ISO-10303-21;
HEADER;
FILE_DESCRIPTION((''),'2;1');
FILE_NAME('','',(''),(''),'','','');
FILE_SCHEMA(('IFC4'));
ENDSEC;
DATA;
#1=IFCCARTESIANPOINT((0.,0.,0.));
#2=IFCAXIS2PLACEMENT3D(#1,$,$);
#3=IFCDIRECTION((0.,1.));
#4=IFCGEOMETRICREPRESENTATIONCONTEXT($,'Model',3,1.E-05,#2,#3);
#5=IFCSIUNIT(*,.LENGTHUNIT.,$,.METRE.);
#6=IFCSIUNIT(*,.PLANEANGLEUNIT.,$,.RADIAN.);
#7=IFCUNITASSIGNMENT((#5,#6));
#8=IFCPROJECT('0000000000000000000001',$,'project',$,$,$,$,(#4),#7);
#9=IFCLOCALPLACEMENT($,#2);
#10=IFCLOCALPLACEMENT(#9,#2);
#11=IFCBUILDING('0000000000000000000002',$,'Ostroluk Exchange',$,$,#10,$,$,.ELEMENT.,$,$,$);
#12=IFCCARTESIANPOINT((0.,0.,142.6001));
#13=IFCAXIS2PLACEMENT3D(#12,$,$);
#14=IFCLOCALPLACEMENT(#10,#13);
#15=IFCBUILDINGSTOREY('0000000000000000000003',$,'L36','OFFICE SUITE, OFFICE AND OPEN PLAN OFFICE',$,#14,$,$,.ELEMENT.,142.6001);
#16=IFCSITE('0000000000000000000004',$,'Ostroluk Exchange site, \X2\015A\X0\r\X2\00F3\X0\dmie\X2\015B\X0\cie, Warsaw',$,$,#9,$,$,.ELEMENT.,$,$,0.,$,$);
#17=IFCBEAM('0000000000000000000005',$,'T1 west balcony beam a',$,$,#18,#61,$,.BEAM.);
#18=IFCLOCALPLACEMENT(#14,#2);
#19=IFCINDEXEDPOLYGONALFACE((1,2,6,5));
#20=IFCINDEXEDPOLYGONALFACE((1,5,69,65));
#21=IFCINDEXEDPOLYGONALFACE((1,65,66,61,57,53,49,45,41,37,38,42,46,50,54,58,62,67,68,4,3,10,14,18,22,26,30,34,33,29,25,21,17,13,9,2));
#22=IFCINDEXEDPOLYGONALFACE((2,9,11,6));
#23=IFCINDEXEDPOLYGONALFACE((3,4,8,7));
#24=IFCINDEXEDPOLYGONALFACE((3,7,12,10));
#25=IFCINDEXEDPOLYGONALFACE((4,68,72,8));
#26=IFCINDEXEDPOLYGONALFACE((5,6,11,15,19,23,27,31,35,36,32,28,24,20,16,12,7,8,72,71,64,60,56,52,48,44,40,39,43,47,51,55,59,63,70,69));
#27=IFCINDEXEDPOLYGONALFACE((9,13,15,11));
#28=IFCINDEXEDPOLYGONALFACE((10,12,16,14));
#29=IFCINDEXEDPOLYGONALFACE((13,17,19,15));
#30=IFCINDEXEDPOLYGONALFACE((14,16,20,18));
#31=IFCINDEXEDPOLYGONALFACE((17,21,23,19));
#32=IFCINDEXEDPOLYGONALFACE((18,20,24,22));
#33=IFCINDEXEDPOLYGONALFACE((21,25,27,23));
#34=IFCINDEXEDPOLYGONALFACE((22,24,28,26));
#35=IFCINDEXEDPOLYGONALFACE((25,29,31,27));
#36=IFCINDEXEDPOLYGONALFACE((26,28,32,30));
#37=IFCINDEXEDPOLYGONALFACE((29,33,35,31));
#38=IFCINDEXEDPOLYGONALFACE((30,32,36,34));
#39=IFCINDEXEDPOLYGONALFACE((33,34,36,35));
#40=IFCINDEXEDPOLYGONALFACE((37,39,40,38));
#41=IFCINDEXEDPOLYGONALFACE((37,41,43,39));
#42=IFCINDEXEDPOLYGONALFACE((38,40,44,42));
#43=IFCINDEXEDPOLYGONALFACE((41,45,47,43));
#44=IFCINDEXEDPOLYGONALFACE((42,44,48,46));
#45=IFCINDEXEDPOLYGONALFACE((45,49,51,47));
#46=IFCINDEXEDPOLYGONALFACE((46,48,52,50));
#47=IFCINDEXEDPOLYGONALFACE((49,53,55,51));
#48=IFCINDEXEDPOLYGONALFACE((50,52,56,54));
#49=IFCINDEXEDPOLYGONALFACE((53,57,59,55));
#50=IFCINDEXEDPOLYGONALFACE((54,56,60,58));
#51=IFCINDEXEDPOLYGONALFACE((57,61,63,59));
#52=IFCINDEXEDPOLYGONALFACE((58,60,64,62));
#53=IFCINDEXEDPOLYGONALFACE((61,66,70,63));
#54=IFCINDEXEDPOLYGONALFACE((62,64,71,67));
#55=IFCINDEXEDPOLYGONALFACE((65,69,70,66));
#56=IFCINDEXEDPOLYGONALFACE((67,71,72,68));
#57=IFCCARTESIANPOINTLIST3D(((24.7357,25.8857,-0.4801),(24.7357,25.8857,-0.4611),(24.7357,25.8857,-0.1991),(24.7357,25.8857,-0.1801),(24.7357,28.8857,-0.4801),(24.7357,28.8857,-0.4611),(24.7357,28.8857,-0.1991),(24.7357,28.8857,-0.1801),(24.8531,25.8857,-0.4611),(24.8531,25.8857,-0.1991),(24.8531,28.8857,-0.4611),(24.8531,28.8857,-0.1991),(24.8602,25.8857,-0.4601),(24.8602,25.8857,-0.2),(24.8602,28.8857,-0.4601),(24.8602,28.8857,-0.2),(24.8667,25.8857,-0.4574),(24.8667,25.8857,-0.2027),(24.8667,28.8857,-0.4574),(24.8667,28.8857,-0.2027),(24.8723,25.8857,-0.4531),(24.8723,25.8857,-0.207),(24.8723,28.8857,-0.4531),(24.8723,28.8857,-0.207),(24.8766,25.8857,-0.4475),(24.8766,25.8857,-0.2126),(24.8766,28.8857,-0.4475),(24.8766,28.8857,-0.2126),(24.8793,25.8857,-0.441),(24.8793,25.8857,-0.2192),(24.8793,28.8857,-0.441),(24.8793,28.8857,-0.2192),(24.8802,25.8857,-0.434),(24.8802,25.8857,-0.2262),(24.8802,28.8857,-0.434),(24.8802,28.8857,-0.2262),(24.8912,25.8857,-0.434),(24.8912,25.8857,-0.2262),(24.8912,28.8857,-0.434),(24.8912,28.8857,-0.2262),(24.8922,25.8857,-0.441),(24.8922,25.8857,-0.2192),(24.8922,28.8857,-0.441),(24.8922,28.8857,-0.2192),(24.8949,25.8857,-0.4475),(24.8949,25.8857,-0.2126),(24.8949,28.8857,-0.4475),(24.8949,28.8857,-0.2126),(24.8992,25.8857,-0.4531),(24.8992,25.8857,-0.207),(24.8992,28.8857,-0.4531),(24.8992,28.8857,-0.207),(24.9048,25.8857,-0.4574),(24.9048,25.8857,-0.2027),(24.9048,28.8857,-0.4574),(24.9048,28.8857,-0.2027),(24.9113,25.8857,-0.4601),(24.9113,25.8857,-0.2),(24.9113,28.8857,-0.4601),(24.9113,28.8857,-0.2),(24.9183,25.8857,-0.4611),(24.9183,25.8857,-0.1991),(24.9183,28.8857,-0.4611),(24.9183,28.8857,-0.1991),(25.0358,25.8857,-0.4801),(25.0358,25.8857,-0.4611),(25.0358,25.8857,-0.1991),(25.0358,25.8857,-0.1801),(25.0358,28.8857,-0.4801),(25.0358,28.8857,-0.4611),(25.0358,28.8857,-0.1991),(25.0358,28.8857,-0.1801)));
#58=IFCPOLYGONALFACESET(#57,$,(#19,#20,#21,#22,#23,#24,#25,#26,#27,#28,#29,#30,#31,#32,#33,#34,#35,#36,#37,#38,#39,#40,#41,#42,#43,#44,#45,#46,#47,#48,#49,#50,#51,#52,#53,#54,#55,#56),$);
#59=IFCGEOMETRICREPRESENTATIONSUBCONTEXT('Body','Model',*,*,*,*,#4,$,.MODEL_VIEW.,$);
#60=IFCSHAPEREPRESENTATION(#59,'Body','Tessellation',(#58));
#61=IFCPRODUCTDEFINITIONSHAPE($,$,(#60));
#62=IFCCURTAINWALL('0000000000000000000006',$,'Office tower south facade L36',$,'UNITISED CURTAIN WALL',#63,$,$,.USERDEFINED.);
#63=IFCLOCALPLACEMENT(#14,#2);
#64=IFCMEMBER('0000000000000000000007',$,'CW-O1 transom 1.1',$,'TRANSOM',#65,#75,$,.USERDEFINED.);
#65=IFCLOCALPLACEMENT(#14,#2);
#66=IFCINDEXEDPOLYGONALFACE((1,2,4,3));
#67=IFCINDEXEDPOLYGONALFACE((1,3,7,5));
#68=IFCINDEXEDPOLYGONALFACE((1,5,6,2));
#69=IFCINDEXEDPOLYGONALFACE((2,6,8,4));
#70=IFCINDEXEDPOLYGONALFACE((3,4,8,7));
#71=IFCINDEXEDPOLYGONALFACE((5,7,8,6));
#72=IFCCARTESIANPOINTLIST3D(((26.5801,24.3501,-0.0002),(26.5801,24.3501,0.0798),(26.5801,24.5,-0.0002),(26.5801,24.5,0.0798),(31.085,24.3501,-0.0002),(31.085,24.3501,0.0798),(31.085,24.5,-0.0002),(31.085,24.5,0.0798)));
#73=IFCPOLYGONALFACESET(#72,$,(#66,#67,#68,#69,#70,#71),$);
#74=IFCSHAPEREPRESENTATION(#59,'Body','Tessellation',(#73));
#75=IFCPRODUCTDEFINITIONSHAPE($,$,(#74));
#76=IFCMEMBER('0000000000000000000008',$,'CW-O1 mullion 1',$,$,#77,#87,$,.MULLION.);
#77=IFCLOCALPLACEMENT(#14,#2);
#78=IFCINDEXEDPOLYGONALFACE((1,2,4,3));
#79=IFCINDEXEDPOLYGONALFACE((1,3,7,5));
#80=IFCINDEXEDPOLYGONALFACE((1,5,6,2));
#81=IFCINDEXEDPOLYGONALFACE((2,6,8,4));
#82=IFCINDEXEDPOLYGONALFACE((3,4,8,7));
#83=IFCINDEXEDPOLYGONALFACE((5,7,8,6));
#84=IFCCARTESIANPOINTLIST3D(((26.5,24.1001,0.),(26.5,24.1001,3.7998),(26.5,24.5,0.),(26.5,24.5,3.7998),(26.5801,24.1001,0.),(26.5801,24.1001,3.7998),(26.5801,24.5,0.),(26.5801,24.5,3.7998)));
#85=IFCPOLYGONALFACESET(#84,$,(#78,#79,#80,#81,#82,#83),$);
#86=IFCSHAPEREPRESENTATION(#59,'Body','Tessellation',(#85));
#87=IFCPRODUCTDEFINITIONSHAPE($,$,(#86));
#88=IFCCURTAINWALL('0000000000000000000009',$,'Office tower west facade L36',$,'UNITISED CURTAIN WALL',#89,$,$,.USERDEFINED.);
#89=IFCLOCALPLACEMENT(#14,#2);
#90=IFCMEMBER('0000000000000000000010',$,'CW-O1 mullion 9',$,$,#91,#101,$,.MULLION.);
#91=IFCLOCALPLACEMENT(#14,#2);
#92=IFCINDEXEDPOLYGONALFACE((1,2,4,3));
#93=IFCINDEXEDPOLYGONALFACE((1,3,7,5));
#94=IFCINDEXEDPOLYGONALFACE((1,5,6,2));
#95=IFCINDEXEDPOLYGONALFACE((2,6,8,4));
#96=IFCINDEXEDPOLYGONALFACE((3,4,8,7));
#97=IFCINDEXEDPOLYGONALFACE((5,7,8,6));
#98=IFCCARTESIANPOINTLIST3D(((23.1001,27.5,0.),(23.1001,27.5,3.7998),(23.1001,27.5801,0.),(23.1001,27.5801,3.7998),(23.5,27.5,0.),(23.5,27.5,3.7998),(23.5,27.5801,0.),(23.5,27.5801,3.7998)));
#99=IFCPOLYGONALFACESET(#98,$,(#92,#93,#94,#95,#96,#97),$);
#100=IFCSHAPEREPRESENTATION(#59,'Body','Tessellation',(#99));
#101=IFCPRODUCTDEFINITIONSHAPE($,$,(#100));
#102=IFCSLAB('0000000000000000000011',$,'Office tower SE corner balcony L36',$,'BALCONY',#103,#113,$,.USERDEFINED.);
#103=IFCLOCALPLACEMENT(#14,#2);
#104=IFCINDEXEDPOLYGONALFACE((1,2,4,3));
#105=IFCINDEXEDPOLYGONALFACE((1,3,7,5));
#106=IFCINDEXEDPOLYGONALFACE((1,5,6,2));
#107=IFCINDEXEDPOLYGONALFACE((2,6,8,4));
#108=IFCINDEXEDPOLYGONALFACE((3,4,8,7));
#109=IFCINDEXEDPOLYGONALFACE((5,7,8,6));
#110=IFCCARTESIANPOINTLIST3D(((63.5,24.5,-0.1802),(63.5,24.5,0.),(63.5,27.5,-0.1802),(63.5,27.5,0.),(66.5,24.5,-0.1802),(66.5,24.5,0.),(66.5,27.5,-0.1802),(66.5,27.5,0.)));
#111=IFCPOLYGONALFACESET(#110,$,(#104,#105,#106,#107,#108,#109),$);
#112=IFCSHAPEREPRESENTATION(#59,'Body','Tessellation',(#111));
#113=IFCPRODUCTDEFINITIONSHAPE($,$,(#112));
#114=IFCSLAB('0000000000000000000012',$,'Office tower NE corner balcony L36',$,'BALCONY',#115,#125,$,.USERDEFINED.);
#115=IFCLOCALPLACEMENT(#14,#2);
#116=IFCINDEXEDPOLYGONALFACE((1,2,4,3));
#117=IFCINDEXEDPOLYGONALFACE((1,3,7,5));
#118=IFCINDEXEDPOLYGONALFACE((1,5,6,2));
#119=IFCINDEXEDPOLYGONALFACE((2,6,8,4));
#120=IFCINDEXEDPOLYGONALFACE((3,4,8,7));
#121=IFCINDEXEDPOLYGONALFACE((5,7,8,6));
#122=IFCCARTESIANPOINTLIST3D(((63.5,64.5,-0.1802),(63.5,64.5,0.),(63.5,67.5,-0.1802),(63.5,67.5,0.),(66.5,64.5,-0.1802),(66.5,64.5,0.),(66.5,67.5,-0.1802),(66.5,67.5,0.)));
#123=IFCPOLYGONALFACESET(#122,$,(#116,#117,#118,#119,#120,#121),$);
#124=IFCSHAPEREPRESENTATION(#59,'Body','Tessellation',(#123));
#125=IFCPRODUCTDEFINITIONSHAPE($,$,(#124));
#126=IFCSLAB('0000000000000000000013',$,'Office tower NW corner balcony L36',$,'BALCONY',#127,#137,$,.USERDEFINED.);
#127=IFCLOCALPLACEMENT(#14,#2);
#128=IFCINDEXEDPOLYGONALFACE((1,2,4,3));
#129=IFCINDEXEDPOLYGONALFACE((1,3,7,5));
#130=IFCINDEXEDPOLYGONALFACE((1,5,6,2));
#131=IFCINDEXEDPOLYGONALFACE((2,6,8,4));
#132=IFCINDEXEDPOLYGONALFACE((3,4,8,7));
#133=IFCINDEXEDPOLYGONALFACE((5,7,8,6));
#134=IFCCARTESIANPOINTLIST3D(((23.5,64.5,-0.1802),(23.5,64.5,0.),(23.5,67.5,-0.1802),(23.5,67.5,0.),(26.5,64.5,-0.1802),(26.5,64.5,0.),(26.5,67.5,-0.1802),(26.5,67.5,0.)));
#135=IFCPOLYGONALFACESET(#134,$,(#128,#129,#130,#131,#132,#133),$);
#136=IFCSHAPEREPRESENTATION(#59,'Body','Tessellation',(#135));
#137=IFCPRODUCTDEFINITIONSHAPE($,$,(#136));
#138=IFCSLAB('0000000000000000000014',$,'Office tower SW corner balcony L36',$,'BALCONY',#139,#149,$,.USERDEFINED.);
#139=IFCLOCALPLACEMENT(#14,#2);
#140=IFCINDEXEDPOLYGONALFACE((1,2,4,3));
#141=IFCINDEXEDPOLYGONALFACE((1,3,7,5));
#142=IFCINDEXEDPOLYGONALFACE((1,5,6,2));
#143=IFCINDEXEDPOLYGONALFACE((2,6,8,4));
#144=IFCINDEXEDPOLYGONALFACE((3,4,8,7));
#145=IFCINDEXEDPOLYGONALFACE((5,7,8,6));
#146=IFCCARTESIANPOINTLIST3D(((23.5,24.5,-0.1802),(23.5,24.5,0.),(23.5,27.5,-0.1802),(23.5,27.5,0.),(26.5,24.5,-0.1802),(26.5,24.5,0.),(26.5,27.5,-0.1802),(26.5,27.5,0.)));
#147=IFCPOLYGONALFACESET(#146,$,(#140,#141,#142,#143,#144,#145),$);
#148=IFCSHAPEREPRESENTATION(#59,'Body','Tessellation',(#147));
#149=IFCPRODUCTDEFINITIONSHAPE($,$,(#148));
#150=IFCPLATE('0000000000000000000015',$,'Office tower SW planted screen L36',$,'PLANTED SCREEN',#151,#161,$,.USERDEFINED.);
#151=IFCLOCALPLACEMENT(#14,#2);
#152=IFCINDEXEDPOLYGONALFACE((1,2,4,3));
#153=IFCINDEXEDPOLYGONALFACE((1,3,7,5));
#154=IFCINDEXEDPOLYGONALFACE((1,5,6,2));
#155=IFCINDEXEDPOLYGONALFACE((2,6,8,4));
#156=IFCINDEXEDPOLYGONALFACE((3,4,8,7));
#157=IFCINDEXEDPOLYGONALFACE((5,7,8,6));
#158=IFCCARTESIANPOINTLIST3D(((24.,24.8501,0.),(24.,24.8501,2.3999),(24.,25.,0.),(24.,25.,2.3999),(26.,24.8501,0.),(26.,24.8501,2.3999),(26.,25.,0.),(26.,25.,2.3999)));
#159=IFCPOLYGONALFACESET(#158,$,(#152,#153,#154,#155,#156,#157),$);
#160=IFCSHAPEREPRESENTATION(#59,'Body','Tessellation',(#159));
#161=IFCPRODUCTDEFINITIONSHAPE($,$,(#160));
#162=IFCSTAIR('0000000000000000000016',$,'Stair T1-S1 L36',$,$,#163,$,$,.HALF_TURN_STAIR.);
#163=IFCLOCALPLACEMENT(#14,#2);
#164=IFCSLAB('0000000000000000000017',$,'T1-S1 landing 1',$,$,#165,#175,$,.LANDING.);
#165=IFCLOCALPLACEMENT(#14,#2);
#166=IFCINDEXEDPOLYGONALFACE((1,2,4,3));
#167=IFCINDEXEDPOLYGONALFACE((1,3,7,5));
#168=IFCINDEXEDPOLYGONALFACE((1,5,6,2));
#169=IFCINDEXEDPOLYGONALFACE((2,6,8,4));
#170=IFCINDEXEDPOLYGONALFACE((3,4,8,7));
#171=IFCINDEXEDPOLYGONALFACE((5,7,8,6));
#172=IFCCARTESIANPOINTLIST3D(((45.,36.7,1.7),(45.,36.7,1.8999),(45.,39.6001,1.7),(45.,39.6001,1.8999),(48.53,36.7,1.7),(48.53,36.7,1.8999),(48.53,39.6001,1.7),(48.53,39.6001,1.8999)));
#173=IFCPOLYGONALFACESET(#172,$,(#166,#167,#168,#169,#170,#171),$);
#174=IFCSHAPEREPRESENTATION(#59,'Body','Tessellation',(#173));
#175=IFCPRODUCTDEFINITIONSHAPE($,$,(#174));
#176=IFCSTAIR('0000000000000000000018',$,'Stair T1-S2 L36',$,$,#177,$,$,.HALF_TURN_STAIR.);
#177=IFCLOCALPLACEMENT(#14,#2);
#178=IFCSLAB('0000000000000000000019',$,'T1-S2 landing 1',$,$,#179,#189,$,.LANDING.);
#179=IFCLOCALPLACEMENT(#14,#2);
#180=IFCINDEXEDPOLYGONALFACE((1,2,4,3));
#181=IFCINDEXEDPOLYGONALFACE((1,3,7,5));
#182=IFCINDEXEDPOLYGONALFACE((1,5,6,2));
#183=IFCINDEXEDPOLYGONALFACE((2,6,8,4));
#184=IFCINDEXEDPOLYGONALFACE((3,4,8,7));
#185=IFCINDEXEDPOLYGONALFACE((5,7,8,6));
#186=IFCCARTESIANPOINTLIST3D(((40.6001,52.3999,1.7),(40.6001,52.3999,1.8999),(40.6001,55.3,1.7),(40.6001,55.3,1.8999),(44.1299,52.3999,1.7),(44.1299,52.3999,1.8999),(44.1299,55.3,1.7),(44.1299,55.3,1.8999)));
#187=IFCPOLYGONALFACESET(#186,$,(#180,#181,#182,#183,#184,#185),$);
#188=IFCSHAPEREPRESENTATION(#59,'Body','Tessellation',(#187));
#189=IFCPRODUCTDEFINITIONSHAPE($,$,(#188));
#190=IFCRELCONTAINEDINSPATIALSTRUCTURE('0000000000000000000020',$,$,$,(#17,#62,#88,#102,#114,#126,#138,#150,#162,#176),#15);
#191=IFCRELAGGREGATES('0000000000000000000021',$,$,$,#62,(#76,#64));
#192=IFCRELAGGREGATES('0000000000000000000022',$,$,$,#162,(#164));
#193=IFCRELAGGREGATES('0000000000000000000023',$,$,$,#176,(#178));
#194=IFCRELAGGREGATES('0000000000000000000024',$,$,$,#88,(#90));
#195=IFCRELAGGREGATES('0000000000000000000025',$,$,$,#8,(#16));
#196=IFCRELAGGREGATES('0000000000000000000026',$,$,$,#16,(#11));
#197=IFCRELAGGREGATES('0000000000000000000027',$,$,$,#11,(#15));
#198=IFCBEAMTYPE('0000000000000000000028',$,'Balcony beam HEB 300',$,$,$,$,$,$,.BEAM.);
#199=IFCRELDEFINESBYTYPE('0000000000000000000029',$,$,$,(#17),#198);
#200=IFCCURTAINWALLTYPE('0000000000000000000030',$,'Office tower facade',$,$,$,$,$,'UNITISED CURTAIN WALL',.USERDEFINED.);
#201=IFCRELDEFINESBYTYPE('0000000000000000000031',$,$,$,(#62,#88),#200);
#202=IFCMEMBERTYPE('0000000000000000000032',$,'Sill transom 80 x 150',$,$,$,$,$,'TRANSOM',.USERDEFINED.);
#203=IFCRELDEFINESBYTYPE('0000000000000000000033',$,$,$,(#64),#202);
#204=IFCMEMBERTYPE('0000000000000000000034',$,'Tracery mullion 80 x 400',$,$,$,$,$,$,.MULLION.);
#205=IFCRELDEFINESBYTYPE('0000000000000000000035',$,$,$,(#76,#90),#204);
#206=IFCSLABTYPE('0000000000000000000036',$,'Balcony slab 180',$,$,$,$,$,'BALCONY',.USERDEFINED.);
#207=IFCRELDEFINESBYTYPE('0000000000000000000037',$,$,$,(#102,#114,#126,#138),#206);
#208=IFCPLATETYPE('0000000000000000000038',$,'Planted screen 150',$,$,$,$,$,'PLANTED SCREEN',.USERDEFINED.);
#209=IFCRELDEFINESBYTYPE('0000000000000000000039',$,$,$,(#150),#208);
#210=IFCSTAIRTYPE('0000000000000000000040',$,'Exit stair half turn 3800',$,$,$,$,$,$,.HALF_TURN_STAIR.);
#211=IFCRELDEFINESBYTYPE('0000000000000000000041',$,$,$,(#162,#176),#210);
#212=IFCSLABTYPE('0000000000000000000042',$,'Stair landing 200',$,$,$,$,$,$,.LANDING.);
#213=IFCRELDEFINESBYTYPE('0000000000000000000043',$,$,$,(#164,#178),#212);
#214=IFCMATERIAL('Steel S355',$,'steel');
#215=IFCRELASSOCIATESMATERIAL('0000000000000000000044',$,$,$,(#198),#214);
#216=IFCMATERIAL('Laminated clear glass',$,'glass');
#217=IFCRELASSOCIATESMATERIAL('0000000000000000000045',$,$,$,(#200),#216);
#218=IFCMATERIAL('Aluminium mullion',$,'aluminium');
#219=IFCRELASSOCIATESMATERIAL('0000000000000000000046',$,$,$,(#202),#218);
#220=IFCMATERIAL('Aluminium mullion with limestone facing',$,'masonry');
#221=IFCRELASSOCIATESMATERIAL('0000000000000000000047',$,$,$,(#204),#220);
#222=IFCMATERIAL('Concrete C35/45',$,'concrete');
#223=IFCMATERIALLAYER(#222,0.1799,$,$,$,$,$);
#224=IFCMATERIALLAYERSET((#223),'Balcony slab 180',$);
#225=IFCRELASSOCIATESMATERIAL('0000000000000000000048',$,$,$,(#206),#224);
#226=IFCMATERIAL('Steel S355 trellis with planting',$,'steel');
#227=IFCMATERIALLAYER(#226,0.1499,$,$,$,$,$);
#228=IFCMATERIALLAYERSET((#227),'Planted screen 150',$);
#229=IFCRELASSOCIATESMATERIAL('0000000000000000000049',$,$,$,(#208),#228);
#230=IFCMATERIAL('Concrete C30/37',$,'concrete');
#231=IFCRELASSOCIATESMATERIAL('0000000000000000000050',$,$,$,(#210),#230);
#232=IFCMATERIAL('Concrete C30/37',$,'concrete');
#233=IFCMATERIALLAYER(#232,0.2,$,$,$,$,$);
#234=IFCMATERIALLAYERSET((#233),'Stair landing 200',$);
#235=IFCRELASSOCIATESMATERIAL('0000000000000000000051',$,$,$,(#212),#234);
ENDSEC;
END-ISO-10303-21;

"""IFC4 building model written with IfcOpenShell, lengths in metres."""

from ifc_helpers import new_model, si_unit, direction, frame, origin, origin_2d, place, context, subcontext, project, spatial, polyline, rectangle, i_section, outline, extrude, material, layer, layer_set, material_profile, profile_set, type_object, element, aggregate, save


model = new_model("IFC4")

# Units and contexts
model_context = context("Model", 3, precision=1e-05, world=origin(), true_north=direction((0.0, 1.0)))
body_context = subcontext(model_context, "Body", "Model", "MODEL_VIEW")
ifc_project = project(units=[si_unit("LENGTHUNIT", "METRE"), si_unit("PLANEANGLEUNIT", "RADIAN")], contexts=[model_context])

# Site, building, storey
site_placement = place(None, origin())
site = spatial("IfcSite", under=ifc_project, at=site_placement, Name="Ostroluk Exchange site, Śródmieście, Warsaw", CompositionType="ELEMENT", RefElevation=0.0)
building_placement = place(site_placement, origin())
building = spatial("IfcBuilding", under=site, at=building_placement, Name="Ostroluk Exchange", CompositionType="ELEMENT")
storey_placement = place(building_placement, frame((0.0, 0.0, 142.6001)))
storey = spatial("IfcBuildingStorey", under=building, at=storey_placement, Name="L36", Description="OFFICE SUITE, OFFICE AND OPEN PLAN OFFICE", CompositionType="ELEMENT", Elevation=142.6001)

# Beam
ifc_material_1 = material(Name="Steel S355", Category="steel")
ifc_material_profile_1 = material_profile(ifc_material_1, i_section(OverallWidth=0.3, OverallDepth=0.3, WebThickness=0.011, FlangeThickness=0.019, FilletRadius=0.0271, at=origin_2d()), Name="HEB 300")
ifc_profile_set_1 = profile_set([ifc_material_profile_1], Name="Steel S355")
beam_type = type_object("IfcBeamType", Name="Balcony beam HEB 300", PredefinedType="BEAM", material=ifc_profile_set_1)
beam_placement = place(storey_placement, frame((24.8857, 28.8857, -0.3301), z_axis=(0.0, -1.0, 0.0), x_axis=(1.0, 0.0, 0.0)))
element("IfcBeam", 1, at=beam_placement, inside=storey, type_object=beam_type, Name="T1 west balcony beam a", PredefinedType="BEAM", context=body_context, shape_type="SweptSolid", body=[
    extrude(i_section(OverallWidth=0.3, OverallDepth=0.3, WebThickness=0.011, FlangeThickness=0.019, FilletRadius=0.0271, at=origin_2d()), origin(), (0.0, 0.0, 1.0), 3.0),
])

# Curtain wall, members
ifc_material_2 = material(Name="Laminated clear glass", Category="glass")
curtain_wall_type = type_object("IfcCurtainWallType", Name="Office tower facade", ElementType="UNITISED CURTAIN WALL", PredefinedType="USERDEFINED", material=ifc_material_2)
curtain_wall_1_placement = place(storey_placement, origin())
curtain_wall_1 = element("IfcCurtainWall", 2, at=curtain_wall_1_placement, inside=storey, type_object=curtain_wall_type, Name="Office tower south facade L36", ObjectType="UNITISED CURTAIN WALL", PredefinedType="USERDEFINED")
ifc_material_3 = material(Name="Aluminium mullion", Category="aluminium")
ifc_material_profile_2 = material_profile(ifc_material_3, rectangle(XDim=0.1499, YDim=0.0801, at=origin_2d()), Name="Sill transom 80 x 150")
ifc_profile_set_2 = profile_set([ifc_material_profile_2], Name="Aluminium mullion")
member_type_1 = type_object("IfcMemberType", Name="Sill transom 80 x 150", ElementType="TRANSOM", PredefinedType="USERDEFINED", material=ifc_profile_set_2)
member_1_placement = place(storey_placement, frame((26.5801, 24.425, 0.0398), z_axis=(1.0, 0.0, 0.0), x_axis=(0.0, 1.0, 0.0)))
member_1 = element("IfcMember", 3, at=member_1_placement, type_object=member_type_1, Name="CW-O1 transom 1.1", ObjectType="TRANSOM", PredefinedType="USERDEFINED", context=body_context, shape_type="SweptSolid", body=[
    extrude(rectangle(XDim=0.1499, YDim=0.0801, at=origin_2d()), origin(), (0.0, 0.0, 1.0), 4.5049),
])
ifc_material_4 = material(Name="Aluminium mullion with limestone facing", Category="masonry")
ifc_material_profile_3 = material_profile(ifc_material_4, rectangle(XDim=0.3999, YDim=0.0801, at=origin_2d()), Name="Tracery mullion 80 x 400")
ifc_profile_set_3 = profile_set([ifc_material_profile_3], Name="Aluminium mullion with limestone facing")
member_type_2 = type_object("IfcMemberType", Name="Tracery mullion 80 x 400", PredefinedType="MULLION", material=ifc_profile_set_3)
member_2_placement = place(storey_placement, frame((26.54, 24.3, 0.0), z_axis=(0.0, 0.0, 1.0), x_axis=(0.0, 1.0, 0.0)))
member_2 = element("IfcMember", 4, at=member_2_placement, type_object=member_type_2, Name="CW-O1 mullion 1", PredefinedType="MULLION", context=body_context, shape_type="SweptSolid", body=[
    extrude(rectangle(XDim=0.3999, YDim=0.0801, at=origin_2d()), origin(), (0.0, 0.0, 1.0), 3.7998),
])
aggregate(curtain_wall_1, [member_2, member_1])

# Curtain wall, member
curtain_wall_2_placement = place(storey_placement, origin())
curtain_wall_2 = element("IfcCurtainWall", 5, at=curtain_wall_2_placement, inside=storey, type_object=curtain_wall_type, Name="Office tower west facade L36", ObjectType="UNITISED CURTAIN WALL", PredefinedType="USERDEFINED")
member_3_placement = place(storey_placement, frame((23.3, 27.54, 0.0), z_axis=(0.0, 0.0, 1.0), x_axis=(1.0, 0.0, 0.0)))
member_3 = element("IfcMember", 6, at=member_3_placement, type_object=member_type_2, Name="CW-O1 mullion 9", PredefinedType="MULLION", context=body_context, shape_type="SweptSolid", body=[
    extrude(rectangle(XDim=0.3999, YDim=0.0801, at=origin_2d()), origin(), (0.0, 0.0, 1.0), 3.7998),
])

# Slabs
ifc_material_5 = material(Name="Concrete C35/45", Category="concrete")
ifc_layer_1 = layer(ifc_material_5, 0.1799)
ifc_layer_set_1 = layer_set([ifc_layer_1], Name="Balcony slab 180")
slab_type_1 = type_object("IfcSlabType", Name="Balcony slab 180", ElementType="BALCONY", PredefinedType="USERDEFINED", material=ifc_layer_set_1)
slab_1_placement = place(storey_placement, frame((0.0, 0.0, -0.1802)))
element("IfcSlab", 7, at=slab_1_placement, inside=storey, type_object=slab_type_1, Name="Office tower SE corner balcony L36", ObjectType="BALCONY", PredefinedType="USERDEFINED", context=body_context, shape_type="SweptSolid", body=[
    extrude(outline(polyline([(63.5, 24.5), (66.5, 24.5), (66.5, 27.5), (63.5, 27.5), (63.5, 24.5)])), origin(), (0.0, 0.0, 1.0), 0.1802),
])
slab_2_placement = place(storey_placement, frame((0.0, 0.0, -0.1802)))
element("IfcSlab", 8, at=slab_2_placement, inside=storey, type_object=slab_type_1, Name="Office tower NE corner balcony L36", ObjectType="BALCONY", PredefinedType="USERDEFINED", context=body_context, shape_type="SweptSolid", body=[
    extrude(outline(polyline([(63.5, 64.5), (66.5, 64.5), (66.5, 67.5), (63.5, 67.5), (63.5, 64.5)])), origin(), (0.0, 0.0, 1.0), 0.1802),
])
slab_3_placement = place(storey_placement, frame((0.0, 0.0, -0.1802)))
element("IfcSlab", 9, at=slab_3_placement, inside=storey, type_object=slab_type_1, Name="Office tower NW corner balcony L36", ObjectType="BALCONY", PredefinedType="USERDEFINED", context=body_context, shape_type="SweptSolid", body=[
    extrude(outline(polyline([(23.5, 64.5), (26.5, 64.5), (26.5, 67.5), (23.5, 67.5), (23.5, 64.5)])), origin(), (0.0, 0.0, 1.0), 0.1802),
])
slab_4_placement = place(storey_placement, frame((0.0, 0.0, -0.1802)))
element("IfcSlab", 10, at=slab_4_placement, inside=storey, type_object=slab_type_1, Name="Office tower SW corner balcony L36", ObjectType="BALCONY", PredefinedType="USERDEFINED", context=body_context, shape_type="SweptSolid", body=[
    extrude(outline(polyline([(23.5, 24.5), (26.5, 24.5), (26.5, 27.5), (23.5, 27.5), (23.5, 24.5)])), origin(), (0.0, 0.0, 1.0), 0.1802),
])

# Plate
ifc_material_6 = material(Name="Steel S355 trellis with planting", Category="steel")
ifc_layer_2 = layer(ifc_material_6, 0.1499)
ifc_layer_set_2 = layer_set([ifc_layer_2], Name="Planted screen 150")
plate_type_1 = type_object("IfcPlateType", Name="Planted screen 150", ElementType="PLANTED SCREEN", PredefinedType="USERDEFINED", material=ifc_layer_set_2)
plate_1_placement = place(storey_placement, frame((25.0, 24.925, 0.0), z_axis=(0.0, 0.0, 1.0), x_axis=(1.0, 0.0, 0.0)))
element("IfcPlate", 11, at=plate_1_placement, inside=storey, type_object=plate_type_1, Name="Office tower SW planted screen L36", ObjectType="PLANTED SCREEN", PredefinedType="USERDEFINED", context=body_context, shape_type="SweptSolid", body=[
    extrude(rectangle(XDim=2.0, YDim=0.1499, at=origin_2d()), origin(), (0.0, 0.0, 1.0), 2.3999),
])

# Stairs, slabs
ifc_material_7 = material(Name="Concrete C30/37", Category="concrete")
stair_type = type_object("IfcStairType", Name="Exit stair half turn 3800", PredefinedType="HALF_TURN_STAIR", material=ifc_material_7)
stair_1_placement = place(storey_placement, origin())
stair_1 = element("IfcStair", 12, at=stair_1_placement, inside=storey, type_object=stair_type, Name="Stair T1-S1 L36", PredefinedType="HALF_TURN_STAIR")
ifc_material_8 = material(Name="Concrete C30/37", Category="concrete")
ifc_layer_3 = layer(ifc_material_8, 0.2)
ifc_layer_set_3 = layer_set([ifc_layer_3], Name="Stair landing 200")
slab_type_2 = type_object("IfcSlabType", Name="Stair landing 200", PredefinedType="LANDING", material=ifc_layer_set_3)
slab_5_placement = place(storey_placement, frame((0.0, 0.0, 1.7)))
slab_5 = element("IfcSlab", 13, at=slab_5_placement, type_object=slab_type_2, Name="T1-S1 landing 1", PredefinedType="LANDING", context=body_context, shape_type="SweptSolid", body=[
    extrude(outline(polyline([(45.0, 36.7), (45.0, 39.6001), (48.53, 39.6001), (48.53, 36.7), (45.0, 36.7)])), origin(), (0.0, 0.0, 1.0), 0.2),
])
aggregate(stair_1, [slab_5])
stair_2_placement = place(storey_placement, origin())
stair_2 = element("IfcStair", 14, at=stair_2_placement, inside=storey, type_object=stair_type, Name="Stair T1-S2 L36", PredefinedType="HALF_TURN_STAIR")
slab_6_placement = place(storey_placement, frame((0.0, 0.0, 1.7)))
slab_6 = element("IfcSlab", 15, at=slab_6_placement, type_object=slab_type_2, Name="T1-S2 landing 1", PredefinedType="LANDING", context=body_context, shape_type="SweptSolid", body=[
    extrude(outline(polyline([(44.1299, 52.3999), (44.1299, 55.3), (40.6001, 55.3), (40.6001, 52.3999), (44.1299, 52.3999)])), origin(), (0.0, 0.0, 1.0), 0.2),
])
aggregate(stair_2, [slab_6])

aggregate(curtain_wall_2, [member_3])

save(model, "model.ifc")
